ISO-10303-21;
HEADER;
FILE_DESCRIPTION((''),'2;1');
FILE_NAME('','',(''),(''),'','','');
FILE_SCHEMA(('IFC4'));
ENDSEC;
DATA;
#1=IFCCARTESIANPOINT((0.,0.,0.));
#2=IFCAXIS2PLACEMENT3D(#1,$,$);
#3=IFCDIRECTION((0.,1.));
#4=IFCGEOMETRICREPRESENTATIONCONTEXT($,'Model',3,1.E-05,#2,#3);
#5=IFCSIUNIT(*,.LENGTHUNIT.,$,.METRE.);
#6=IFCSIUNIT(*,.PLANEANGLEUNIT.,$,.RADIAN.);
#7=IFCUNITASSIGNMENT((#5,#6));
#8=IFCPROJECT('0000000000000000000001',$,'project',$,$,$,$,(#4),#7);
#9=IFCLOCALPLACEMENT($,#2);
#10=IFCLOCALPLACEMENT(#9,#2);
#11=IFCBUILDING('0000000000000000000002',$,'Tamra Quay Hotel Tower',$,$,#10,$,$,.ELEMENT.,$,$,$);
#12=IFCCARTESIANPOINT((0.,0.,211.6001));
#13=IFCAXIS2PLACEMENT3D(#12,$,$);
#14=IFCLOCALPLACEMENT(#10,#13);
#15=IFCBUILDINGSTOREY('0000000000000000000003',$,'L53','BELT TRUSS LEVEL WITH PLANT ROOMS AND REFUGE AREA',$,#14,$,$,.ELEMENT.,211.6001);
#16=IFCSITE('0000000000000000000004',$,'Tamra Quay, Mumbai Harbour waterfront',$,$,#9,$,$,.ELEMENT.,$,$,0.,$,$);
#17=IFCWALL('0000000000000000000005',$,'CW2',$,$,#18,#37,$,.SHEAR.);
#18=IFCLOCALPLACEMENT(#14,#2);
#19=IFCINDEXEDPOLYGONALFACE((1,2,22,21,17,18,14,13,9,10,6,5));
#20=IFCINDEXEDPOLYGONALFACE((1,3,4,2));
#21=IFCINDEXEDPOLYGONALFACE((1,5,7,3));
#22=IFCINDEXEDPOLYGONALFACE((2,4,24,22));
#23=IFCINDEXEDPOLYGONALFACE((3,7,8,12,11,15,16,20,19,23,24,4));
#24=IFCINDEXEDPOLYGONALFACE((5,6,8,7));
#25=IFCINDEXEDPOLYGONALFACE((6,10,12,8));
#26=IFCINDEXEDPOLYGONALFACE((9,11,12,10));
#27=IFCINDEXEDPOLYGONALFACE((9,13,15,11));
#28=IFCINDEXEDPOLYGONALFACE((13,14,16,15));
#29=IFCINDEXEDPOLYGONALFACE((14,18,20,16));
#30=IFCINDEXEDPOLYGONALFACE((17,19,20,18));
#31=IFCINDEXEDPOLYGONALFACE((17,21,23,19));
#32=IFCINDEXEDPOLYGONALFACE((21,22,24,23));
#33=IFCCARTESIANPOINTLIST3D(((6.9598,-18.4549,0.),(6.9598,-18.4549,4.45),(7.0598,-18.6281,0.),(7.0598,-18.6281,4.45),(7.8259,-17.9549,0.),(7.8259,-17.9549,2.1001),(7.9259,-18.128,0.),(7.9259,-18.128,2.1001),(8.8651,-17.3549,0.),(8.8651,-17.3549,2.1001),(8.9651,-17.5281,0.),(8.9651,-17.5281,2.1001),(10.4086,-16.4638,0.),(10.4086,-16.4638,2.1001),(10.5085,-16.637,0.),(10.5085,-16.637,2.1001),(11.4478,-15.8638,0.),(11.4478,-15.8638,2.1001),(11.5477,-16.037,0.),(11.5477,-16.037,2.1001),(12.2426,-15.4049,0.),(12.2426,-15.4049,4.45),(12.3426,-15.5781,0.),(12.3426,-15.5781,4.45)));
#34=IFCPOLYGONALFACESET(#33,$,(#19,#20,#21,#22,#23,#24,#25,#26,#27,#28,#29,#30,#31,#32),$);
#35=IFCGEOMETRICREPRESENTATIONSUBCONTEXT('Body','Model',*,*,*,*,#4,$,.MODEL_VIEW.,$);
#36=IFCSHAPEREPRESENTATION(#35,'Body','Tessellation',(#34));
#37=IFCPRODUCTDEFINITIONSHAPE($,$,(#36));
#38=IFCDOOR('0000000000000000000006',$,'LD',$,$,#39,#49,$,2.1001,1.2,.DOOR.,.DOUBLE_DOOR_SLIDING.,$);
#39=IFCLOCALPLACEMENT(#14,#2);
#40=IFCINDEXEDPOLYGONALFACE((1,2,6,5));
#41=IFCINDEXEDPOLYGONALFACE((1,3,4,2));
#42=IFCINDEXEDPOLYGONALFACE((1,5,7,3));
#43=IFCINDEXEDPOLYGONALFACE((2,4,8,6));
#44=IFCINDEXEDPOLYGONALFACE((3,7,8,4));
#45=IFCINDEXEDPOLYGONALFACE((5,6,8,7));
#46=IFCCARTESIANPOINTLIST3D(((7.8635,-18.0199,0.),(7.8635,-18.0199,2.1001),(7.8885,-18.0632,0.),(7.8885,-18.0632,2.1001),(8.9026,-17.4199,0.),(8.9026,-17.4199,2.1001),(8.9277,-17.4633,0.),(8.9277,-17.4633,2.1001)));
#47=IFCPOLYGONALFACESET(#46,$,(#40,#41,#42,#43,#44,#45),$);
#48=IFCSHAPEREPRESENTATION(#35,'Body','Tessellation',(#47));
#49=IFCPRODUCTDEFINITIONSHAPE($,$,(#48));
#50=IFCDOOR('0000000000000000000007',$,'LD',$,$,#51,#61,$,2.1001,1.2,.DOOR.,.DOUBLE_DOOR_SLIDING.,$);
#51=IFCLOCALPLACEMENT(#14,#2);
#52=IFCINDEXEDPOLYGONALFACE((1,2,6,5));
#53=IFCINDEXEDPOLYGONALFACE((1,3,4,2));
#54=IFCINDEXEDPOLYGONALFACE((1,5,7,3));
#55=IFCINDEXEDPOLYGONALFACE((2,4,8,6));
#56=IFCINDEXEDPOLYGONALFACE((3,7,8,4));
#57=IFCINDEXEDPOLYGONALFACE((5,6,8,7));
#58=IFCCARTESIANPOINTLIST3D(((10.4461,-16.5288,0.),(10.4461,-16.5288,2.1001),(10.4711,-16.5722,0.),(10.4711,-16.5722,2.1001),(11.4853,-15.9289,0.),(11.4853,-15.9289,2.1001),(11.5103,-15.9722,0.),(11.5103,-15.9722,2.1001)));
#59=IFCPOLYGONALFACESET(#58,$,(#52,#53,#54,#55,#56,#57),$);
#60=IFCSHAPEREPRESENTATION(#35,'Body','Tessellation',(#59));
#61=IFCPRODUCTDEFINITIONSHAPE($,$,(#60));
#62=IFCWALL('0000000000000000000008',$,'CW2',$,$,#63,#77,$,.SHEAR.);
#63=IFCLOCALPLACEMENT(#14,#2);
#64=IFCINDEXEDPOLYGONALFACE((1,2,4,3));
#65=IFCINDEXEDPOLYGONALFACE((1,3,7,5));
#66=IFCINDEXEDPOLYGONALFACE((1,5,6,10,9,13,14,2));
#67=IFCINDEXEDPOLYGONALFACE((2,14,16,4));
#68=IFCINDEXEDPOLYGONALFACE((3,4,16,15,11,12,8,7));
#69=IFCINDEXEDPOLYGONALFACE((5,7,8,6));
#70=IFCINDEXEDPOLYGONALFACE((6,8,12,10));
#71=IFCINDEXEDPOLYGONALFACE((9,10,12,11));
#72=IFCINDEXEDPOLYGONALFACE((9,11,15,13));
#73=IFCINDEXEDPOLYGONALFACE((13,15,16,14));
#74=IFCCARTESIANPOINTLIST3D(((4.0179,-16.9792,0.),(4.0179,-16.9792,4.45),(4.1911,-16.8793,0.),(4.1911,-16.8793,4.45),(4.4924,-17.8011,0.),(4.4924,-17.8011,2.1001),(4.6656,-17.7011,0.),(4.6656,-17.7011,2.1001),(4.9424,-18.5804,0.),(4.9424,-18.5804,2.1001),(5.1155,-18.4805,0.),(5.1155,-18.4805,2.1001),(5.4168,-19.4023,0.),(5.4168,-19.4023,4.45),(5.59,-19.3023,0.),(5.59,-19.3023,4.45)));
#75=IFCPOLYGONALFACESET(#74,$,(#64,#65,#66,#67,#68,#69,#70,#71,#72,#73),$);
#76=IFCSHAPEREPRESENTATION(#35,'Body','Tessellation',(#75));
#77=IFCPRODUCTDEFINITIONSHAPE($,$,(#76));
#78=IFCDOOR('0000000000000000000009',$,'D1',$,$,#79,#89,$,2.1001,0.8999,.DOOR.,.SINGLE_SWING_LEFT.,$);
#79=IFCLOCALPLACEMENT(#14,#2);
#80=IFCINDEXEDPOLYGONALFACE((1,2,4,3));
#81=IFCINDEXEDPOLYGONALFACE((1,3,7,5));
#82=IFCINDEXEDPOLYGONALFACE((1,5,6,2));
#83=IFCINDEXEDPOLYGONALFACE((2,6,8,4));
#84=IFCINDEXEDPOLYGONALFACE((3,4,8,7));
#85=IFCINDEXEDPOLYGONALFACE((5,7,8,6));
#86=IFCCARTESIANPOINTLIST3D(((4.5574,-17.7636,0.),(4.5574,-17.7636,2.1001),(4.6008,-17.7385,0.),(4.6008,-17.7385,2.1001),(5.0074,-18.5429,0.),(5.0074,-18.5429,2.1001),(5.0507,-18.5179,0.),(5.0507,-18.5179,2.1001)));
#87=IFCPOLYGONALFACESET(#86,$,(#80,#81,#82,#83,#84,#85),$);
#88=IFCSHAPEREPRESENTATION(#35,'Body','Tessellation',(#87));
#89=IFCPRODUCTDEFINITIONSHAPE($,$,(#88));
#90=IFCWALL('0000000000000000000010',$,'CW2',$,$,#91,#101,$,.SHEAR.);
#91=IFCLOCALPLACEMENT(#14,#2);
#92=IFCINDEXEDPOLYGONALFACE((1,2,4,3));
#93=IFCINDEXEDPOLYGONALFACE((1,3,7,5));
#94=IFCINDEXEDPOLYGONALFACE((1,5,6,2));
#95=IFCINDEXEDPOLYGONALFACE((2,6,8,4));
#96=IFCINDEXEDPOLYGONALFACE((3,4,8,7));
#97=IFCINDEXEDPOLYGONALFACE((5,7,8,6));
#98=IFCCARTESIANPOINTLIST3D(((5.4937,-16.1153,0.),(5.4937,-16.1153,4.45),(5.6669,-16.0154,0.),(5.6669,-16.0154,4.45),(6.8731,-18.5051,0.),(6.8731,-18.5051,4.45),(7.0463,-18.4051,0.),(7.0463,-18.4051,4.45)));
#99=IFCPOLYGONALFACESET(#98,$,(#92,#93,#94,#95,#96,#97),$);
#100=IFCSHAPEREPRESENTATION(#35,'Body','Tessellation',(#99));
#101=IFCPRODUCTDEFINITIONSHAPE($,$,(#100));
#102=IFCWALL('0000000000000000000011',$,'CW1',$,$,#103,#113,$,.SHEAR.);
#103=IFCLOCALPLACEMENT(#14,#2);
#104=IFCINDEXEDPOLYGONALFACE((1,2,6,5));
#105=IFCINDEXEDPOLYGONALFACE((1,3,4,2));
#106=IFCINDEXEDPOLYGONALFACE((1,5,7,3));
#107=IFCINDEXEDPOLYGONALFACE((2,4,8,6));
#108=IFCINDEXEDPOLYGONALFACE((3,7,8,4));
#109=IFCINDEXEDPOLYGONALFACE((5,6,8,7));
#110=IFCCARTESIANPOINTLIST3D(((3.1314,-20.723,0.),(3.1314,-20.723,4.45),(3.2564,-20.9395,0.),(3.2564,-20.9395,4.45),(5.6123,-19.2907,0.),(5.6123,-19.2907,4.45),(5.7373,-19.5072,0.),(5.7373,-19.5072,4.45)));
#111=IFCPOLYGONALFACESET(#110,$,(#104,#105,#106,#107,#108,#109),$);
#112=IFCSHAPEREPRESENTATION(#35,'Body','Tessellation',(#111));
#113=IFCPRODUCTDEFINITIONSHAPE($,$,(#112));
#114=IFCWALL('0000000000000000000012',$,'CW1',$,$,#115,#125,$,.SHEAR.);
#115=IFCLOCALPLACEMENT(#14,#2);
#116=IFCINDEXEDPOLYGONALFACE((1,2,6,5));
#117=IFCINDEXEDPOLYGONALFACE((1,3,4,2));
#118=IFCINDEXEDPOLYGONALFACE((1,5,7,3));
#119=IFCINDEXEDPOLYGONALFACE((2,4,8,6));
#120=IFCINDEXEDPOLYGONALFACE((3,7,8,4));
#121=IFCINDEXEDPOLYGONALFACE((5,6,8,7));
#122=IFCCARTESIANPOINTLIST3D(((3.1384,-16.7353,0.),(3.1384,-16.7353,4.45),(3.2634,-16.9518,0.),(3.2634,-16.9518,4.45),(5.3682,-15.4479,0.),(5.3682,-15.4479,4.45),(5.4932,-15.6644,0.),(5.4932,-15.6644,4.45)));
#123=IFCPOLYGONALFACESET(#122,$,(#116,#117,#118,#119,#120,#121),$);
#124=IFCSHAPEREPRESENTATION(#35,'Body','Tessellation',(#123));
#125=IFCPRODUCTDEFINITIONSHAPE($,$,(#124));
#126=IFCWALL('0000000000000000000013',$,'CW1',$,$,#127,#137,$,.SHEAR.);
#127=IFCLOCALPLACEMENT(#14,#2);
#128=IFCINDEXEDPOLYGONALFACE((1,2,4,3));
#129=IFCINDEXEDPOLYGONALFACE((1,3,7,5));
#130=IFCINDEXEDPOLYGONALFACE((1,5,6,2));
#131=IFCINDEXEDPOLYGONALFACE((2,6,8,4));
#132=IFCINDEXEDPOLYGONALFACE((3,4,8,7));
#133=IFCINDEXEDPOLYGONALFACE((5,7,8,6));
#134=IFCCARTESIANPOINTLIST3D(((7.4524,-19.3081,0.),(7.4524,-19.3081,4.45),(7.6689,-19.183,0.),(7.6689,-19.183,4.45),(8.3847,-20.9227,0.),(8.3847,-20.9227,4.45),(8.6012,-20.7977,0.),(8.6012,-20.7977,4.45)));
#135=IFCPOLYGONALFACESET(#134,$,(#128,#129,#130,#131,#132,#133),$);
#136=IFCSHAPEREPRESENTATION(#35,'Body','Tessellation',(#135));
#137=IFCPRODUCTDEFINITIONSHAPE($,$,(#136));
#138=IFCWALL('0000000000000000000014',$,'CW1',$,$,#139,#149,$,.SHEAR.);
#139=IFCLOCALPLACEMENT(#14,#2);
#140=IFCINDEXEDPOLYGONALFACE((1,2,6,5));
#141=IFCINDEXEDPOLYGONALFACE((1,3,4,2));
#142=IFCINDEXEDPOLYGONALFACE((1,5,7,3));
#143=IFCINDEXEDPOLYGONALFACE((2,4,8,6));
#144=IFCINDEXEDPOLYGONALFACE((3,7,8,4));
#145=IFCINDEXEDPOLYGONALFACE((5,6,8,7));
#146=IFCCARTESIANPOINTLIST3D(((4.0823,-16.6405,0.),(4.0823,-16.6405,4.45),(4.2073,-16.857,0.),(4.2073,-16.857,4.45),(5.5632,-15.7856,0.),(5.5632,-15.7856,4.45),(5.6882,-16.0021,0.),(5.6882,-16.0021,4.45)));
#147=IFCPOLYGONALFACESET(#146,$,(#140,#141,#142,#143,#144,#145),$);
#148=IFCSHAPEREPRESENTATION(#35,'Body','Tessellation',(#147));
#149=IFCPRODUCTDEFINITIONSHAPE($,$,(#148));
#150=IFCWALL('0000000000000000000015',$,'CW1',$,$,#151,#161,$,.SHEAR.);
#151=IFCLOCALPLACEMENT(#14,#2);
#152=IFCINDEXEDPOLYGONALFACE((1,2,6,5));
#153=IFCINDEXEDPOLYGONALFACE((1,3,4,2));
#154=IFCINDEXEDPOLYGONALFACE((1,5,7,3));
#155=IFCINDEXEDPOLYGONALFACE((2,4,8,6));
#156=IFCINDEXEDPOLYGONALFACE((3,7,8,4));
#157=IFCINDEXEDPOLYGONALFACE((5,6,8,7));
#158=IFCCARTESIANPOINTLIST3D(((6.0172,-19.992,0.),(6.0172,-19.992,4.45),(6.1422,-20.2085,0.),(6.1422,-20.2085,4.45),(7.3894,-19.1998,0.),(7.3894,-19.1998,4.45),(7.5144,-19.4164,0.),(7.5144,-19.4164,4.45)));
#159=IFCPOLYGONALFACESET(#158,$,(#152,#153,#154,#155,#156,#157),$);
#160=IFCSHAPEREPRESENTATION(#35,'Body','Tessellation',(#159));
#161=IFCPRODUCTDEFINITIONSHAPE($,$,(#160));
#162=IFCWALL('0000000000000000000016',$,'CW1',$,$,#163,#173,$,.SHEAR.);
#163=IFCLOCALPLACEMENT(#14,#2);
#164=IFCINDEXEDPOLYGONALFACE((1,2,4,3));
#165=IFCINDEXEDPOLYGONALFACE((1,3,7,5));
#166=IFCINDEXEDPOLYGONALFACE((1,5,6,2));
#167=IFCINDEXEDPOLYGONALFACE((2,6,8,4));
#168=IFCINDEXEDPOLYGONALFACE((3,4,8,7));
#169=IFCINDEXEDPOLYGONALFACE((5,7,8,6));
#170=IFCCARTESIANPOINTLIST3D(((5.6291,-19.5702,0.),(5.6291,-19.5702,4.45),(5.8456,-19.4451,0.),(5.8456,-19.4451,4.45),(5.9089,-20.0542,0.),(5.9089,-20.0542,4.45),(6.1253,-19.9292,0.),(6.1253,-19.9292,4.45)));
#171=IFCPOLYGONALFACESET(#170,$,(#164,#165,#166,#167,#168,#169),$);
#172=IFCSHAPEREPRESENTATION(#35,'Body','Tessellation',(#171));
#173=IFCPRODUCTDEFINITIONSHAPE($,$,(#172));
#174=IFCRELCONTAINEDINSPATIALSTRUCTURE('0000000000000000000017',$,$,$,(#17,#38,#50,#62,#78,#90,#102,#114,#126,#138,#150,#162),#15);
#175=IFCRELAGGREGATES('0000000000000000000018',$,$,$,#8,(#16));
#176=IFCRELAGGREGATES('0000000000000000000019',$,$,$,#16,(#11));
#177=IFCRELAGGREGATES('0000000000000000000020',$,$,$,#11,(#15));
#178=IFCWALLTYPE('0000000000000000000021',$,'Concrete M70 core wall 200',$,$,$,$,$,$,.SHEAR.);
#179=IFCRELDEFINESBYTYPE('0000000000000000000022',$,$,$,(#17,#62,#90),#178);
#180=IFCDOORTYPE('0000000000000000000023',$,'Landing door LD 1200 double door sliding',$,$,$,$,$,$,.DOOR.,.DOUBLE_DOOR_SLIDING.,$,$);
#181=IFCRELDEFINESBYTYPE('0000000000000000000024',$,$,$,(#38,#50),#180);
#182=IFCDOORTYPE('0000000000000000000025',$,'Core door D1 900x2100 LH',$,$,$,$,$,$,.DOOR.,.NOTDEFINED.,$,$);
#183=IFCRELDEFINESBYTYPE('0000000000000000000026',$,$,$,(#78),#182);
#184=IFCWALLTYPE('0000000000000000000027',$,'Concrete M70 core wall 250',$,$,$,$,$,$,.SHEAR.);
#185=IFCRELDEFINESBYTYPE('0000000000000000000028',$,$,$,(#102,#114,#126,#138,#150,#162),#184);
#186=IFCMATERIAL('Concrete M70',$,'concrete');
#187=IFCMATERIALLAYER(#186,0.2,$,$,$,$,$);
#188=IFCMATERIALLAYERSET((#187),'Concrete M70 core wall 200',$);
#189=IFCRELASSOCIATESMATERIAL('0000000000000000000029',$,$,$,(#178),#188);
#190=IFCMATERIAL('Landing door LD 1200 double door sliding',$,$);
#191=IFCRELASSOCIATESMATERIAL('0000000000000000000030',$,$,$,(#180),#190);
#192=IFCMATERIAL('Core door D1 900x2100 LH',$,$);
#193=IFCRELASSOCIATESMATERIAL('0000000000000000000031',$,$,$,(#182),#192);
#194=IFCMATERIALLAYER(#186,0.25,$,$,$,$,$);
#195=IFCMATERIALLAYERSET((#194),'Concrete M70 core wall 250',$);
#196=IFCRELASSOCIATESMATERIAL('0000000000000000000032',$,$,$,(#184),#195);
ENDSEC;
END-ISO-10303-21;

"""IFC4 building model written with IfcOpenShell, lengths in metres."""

from ifc_helpers import new_model, si_unit, direction, frame, frame_2d, origin, place, context, subcontext, project, spatial, rectangle, extrude, material, layer, layer_set, type_object, element, fill, save


model = new_model("IFC4")

# Units and contexts
model_context = context("Model", 3, precision=1e-05, world=origin(), true_north=direction((0.0, 1.0)))
body_context = subcontext(model_context, "Body", "Model", "MODEL_VIEW")
ifc_project = project(units=[si_unit("LENGTHUNIT", "METRE"), si_unit("PLANEANGLEUNIT", "RADIAN")], contexts=[model_context])

# Site, building, storey
site_placement = place(None, origin())
site = spatial("IfcSite", under=ifc_project, at=site_placement, Name="Tamra Quay, Mumbai Harbour waterfront", CompositionType="ELEMENT", RefElevation=0.0)
building_placement = place(site_placement, origin())
building = spatial("IfcBuilding", under=site, at=building_placement, Name="Tamra Quay Hotel Tower", CompositionType="ELEMENT")
storey_placement = place(building_placement, frame((0.0, 0.0, 211.6001)))
storey = spatial("IfcBuildingStorey", under=building, at=storey_placement, Name="L53", Description="BELT TRUSS LEVEL WITH PLANT ROOMS AND REFUGE AREA", CompositionType="ELEMENT", Elevation=211.6001)

# Shared definitions
ifc_material_1 = material(Name="Concrete M70", Category="concrete")
ifc_layer_1 = layer(ifc_material_1, 0.2)
ifc_layer_set_1 = layer_set([ifc_layer_1], Name="Concrete M70 core wall 200")
wall_type_1 = type_object("IfcWallType", Name="Concrete M70 core wall 200", PredefinedType="SHEAR", material=ifc_layer_set_1)

# Wall, openings, doors
wall_1_placement = place(storey_placement, frame((7.0098, -18.5415, 0.0), z_axis=(0.0, 0.0, 1.0), x_axis=(0.86603, 0.499992, 0.0)))
wall_1 = element("IfcWall", 1, at=wall_1_placement, inside=storey, type_object=wall_type_1, Name="CW2", PredefinedType="SHEAR", context=body_context, shape_type="SweptSolid", body=[
    extrude(rectangle(XDim=6.1001, YDim=0.2, at=frame_2d((3.05, 0.0))), origin(), (0.0, 0.0, 1.0), 4.45),
])
opening_1_placement = place(wall_1_placement, frame((1.0, 0.0, 0.0)))
opening_1 = element("IfcOpeningElement", 2, at=opening_1_placement, cuts=wall_1, PredefinedType="OPENING", context=body_context, shape_type="SweptSolid", body=[
    extrude(rectangle(XDim=1.2, YDim=2.1001, at=frame_2d((0.6001, 1.05))), frame((0.0, 0.1099, 0.0), z_axis=(0.0, -1.0, 0.0), x_axis=(1.0, 0.0, 0.0)), (0.0, 0.0, 1.0), 0.22),
])
opening_2_placement = place(wall_1_placement, frame((3.9822, 0.0, 0.0)))
opening_2 = element("IfcOpeningElement", 3, at=opening_2_placement, cuts=wall_1, PredefinedType="OPENING", context=body_context, shape_type="SweptSolid", body=[
    extrude(rectangle(XDim=1.2, YDim=2.1001, at=frame_2d((0.6001, 1.05))), frame((0.0, 0.1099, 0.0), z_axis=(0.0, -1.0, 0.0), x_axis=(1.0, 0.0, 0.0)), (0.0, 0.0, 1.0), 0.22),
])
ifc_material_2 = material(Name="Landing door LD 1200 double door sliding")
door_type_1 = type_object("IfcDoorType", Name="Landing door LD 1200 double door sliding", OperationType="DOUBLE_DOOR_SLIDING", PredefinedType="DOOR", material=ifc_material_2)
door_1_placement = place(opening_1_placement, origin())
door_1 = element("IfcDoor", 4, at=door_1_placement, inside=storey, type_object=door_type_1, Name="LD", OperationType="DOUBLE_DOOR_SLIDING", OverallHeight=2.1001, OverallWidth=1.2, PredefinedType="DOOR", context=body_context, shape_type="SweptSolid", body=[
    extrude(rectangle(XDim=1.2, YDim=2.1001, at=frame_2d((0.6001, 1.05))), frame((0.0, 0.0249, 0.0), z_axis=(0.0, -1.0, 0.0), x_axis=(1.0, 0.0, 0.0)), (0.0, 0.0, 1.0), 0.05),
])
fill(opening_1, door_1)
door_2_placement = place(opening_2_placement, origin())
door_2 = element("IfcDoor", 5, at=door_2_placement, inside=storey, type_object=door_type_1, Name="LD", OperationType="DOUBLE_DOOR_SLIDING", OverallHeight=2.1001, OverallWidth=1.2, PredefinedType="DOOR", context=body_context, shape_type="SweptSolid", body=[
    extrude(rectangle(XDim=1.2, YDim=2.1001, at=frame_2d((0.6001, 1.05))), frame((0.0, 0.0249, 0.0), z_axis=(0.0, -1.0, 0.0), x_axis=(1.0, 0.0, 0.0)), (0.0, 0.0, 1.0), 0.05),
])
fill(opening_2, door_2)

# Wall, opening, door
wall_2_placement = place(storey_placement, frame((5.5034, -19.3523, 0.0), z_axis=(0.0, 0.0, 1.0), x_axis=(-0.499987, 0.866033, 0.0)))
wall_2 = element("IfcWall", 6, at=wall_2_placement, inside=storey, type_object=wall_type_1, Name="CW2", PredefinedType="SHEAR", context=body_context, shape_type="SweptSolid", body=[
    extrude(rectangle(XDim=2.7979, YDim=0.2, at=frame_2d((1.3989, 0.0))), origin(), (0.0, 0.0, 1.0), 4.45),
])
opening_3_placement = place(wall_2_placement, frame((0.949, 0.0, 0.0)))
opening_3 = element("IfcOpeningElement", 7, at=opening_3_placement, cuts=wall_2, PredefinedType="OPENING", context=body_context, shape_type="SweptSolid", body=[
    extrude(rectangle(XDim=0.8999, YDim=2.1001, at=frame_2d((0.45, 1.05))), frame((0.0, 0.1099, 0.0), z_axis=(0.0, -1.0, 0.0), x_axis=(1.0, 0.0, 0.0)), (0.0, 0.0, 1.0), 0.22),
])
ifc_material_3 = material(Name="Core door D1 900x2100 LH")
door_type_2 = type_object("IfcDoorType", Name="Core door D1 900x2100 LH", OperationType="NOTDEFINED", PredefinedType="DOOR", material=ifc_material_3)
door_3_placement = place(opening_3_placement, origin())
door_3 = element("IfcDoor", 8, at=door_3_placement, inside=storey, type_object=door_type_2, Name="D1", OperationType="SINGLE_SWING_LEFT", OverallHeight=2.1001, OverallWidth=0.8999, PredefinedType="DOOR", context=body_context, shape_type="SweptSolid", body=[
    extrude(rectangle(XDim=0.8999, YDim=2.1001, at=frame_2d((0.45, 1.05))), frame((0.0, 0.0249, 0.0), z_axis=(0.0, -1.0, 0.0), x_axis=(1.0, 0.0, 0.0)), (0.0, 0.0, 1.0), 0.05),
])
fill(opening_3, door_3)

# Walls
wall_3_placement = place(storey_placement, frame((6.9597, -18.4551, 0.0), z_axis=(0.0, 0.0, 1.0), x_axis=(-0.499927, 0.866068, 0.0)))
element("IfcWall", 9, at=wall_3_placement, inside=storey, type_object=wall_type_1, Name="CW2", PredefinedType="SHEAR", context=body_context, shape_type="SweptSolid", body=[
    extrude(rectangle(XDim=2.7593, YDim=0.2, at=frame_2d((1.3796, 0.0))), origin(), (0.0, 0.0, 1.0), 4.45),
])
ifc_layer_2 = layer(ifc_material_1, 0.25)
ifc_layer_set_2 = layer_set([ifc_layer_2], Name="Concrete M70 core wall 250")
wall_type_2 = type_object("IfcWallType", Name="Concrete M70 core wall 250", PredefinedType="SHEAR", material=ifc_layer_set_2)
wall_4_placement = place(storey_placement, frame((5.6748, -19.3989, 0.0), z_axis=(0.0, 0.0, 1.0), x_axis=(-0.866027, -0.499998, 0.0)))
element("IfcWall", 10, at=wall_4_placement, inside=storey, type_object=wall_type_2, Name="CW1", PredefinedType="SHEAR", context=body_context, shape_type="SweptSolid", body=[
    extrude(rectangle(XDim=2.8647, YDim=0.25, at=frame_2d((1.4324, 0.0))), origin(), (0.0, 0.0, 1.0), 4.45),
])
wall_5_placement = place(storey_placement, frame((5.4307, -15.5562, 0.0), z_axis=(0.0, 0.0, 1.0), x_axis=(-0.866023, -0.500004, 0.0)))
element("IfcWall", 11, at=wall_5_placement, inside=storey, type_object=wall_type_2, Name="CW1", PredefinedType="SHEAR", context=body_context, shape_type="SweptSolid", body=[
    extrude(rectangle(XDim=2.5747, YDim=0.25, at=frame_2d((1.2874, 0.0))), origin(), (0.0, 0.0, 1.0), 4.45),
])
wall_6_placement = place(storey_placement, frame((8.4929, -20.8601, 0.0), z_axis=(0.0, 0.0, 1.0), x_axis=(-0.50004, 0.866002, 0.0)))
element("IfcWall", 12, at=wall_6_placement, inside=storey, type_object=wall_type_2, Name="CW1", PredefinedType="SHEAR", context=body_context, shape_type="SweptSolid", body=[
    extrude(rectangle(XDim=1.8645, YDim=0.25, at=frame_2d((0.9321, 0.0))), origin(), (0.0, 0.0, 1.0), 4.45),
])
wall_7_placement = place(storey_placement, frame((4.1448, -16.7488, 0.0), z_axis=(0.0, 0.0, 1.0), x_axis=(0.866038, 0.499978, 0.0)))
element("IfcWall", 13, at=wall_7_placement, inside=storey, type_object=wall_type_2, Name="CW1", PredefinedType="SHEAR", context=body_context, shape_type="SweptSolid", body=[
    extrude(rectangle(XDim=1.71, YDim=0.25, at=frame_2d((0.855, 0.0))), origin(), (0.0, 0.0, 1.0), 4.45),
])
wall_8_placement = place(storey_placement, frame((7.4519, -19.3081, 0.0), z_axis=(0.0, 0.0, 1.0), x_axis=(-0.866044, -0.499967, 0.0)))
element("IfcWall", 14, at=wall_8_placement, inside=storey, type_object=wall_type_2, Name="CW1", PredefinedType="SHEAR", context=body_context, shape_type="SweptSolid", body=[
    extrude(rectangle(XDim=1.5845, YDim=0.25, at=frame_2d((0.7922, 0.0))), origin(), (0.0, 0.0, 1.0), 4.45),
])
wall_9_placement = place(storey_placement, frame((6.0171, -19.9917, 0.0), z_axis=(0.0, 0.0, 1.0), x_axis=(-0.500365, 0.865815, 0.0)))
element("IfcWall", 15, at=wall_9_placement, inside=storey, type_object=wall_type_2, Name="CW1", PredefinedType="SHEAR", context=body_context, shape_type="SweptSolid", body=[
    extrude(rectangle(XDim=0.5591, YDim=0.25, at=frame_2d((0.2795, 0.0))), origin(), (0.0, 0.0, 1.0), 4.45),
])

save(model, "model.ifc")
